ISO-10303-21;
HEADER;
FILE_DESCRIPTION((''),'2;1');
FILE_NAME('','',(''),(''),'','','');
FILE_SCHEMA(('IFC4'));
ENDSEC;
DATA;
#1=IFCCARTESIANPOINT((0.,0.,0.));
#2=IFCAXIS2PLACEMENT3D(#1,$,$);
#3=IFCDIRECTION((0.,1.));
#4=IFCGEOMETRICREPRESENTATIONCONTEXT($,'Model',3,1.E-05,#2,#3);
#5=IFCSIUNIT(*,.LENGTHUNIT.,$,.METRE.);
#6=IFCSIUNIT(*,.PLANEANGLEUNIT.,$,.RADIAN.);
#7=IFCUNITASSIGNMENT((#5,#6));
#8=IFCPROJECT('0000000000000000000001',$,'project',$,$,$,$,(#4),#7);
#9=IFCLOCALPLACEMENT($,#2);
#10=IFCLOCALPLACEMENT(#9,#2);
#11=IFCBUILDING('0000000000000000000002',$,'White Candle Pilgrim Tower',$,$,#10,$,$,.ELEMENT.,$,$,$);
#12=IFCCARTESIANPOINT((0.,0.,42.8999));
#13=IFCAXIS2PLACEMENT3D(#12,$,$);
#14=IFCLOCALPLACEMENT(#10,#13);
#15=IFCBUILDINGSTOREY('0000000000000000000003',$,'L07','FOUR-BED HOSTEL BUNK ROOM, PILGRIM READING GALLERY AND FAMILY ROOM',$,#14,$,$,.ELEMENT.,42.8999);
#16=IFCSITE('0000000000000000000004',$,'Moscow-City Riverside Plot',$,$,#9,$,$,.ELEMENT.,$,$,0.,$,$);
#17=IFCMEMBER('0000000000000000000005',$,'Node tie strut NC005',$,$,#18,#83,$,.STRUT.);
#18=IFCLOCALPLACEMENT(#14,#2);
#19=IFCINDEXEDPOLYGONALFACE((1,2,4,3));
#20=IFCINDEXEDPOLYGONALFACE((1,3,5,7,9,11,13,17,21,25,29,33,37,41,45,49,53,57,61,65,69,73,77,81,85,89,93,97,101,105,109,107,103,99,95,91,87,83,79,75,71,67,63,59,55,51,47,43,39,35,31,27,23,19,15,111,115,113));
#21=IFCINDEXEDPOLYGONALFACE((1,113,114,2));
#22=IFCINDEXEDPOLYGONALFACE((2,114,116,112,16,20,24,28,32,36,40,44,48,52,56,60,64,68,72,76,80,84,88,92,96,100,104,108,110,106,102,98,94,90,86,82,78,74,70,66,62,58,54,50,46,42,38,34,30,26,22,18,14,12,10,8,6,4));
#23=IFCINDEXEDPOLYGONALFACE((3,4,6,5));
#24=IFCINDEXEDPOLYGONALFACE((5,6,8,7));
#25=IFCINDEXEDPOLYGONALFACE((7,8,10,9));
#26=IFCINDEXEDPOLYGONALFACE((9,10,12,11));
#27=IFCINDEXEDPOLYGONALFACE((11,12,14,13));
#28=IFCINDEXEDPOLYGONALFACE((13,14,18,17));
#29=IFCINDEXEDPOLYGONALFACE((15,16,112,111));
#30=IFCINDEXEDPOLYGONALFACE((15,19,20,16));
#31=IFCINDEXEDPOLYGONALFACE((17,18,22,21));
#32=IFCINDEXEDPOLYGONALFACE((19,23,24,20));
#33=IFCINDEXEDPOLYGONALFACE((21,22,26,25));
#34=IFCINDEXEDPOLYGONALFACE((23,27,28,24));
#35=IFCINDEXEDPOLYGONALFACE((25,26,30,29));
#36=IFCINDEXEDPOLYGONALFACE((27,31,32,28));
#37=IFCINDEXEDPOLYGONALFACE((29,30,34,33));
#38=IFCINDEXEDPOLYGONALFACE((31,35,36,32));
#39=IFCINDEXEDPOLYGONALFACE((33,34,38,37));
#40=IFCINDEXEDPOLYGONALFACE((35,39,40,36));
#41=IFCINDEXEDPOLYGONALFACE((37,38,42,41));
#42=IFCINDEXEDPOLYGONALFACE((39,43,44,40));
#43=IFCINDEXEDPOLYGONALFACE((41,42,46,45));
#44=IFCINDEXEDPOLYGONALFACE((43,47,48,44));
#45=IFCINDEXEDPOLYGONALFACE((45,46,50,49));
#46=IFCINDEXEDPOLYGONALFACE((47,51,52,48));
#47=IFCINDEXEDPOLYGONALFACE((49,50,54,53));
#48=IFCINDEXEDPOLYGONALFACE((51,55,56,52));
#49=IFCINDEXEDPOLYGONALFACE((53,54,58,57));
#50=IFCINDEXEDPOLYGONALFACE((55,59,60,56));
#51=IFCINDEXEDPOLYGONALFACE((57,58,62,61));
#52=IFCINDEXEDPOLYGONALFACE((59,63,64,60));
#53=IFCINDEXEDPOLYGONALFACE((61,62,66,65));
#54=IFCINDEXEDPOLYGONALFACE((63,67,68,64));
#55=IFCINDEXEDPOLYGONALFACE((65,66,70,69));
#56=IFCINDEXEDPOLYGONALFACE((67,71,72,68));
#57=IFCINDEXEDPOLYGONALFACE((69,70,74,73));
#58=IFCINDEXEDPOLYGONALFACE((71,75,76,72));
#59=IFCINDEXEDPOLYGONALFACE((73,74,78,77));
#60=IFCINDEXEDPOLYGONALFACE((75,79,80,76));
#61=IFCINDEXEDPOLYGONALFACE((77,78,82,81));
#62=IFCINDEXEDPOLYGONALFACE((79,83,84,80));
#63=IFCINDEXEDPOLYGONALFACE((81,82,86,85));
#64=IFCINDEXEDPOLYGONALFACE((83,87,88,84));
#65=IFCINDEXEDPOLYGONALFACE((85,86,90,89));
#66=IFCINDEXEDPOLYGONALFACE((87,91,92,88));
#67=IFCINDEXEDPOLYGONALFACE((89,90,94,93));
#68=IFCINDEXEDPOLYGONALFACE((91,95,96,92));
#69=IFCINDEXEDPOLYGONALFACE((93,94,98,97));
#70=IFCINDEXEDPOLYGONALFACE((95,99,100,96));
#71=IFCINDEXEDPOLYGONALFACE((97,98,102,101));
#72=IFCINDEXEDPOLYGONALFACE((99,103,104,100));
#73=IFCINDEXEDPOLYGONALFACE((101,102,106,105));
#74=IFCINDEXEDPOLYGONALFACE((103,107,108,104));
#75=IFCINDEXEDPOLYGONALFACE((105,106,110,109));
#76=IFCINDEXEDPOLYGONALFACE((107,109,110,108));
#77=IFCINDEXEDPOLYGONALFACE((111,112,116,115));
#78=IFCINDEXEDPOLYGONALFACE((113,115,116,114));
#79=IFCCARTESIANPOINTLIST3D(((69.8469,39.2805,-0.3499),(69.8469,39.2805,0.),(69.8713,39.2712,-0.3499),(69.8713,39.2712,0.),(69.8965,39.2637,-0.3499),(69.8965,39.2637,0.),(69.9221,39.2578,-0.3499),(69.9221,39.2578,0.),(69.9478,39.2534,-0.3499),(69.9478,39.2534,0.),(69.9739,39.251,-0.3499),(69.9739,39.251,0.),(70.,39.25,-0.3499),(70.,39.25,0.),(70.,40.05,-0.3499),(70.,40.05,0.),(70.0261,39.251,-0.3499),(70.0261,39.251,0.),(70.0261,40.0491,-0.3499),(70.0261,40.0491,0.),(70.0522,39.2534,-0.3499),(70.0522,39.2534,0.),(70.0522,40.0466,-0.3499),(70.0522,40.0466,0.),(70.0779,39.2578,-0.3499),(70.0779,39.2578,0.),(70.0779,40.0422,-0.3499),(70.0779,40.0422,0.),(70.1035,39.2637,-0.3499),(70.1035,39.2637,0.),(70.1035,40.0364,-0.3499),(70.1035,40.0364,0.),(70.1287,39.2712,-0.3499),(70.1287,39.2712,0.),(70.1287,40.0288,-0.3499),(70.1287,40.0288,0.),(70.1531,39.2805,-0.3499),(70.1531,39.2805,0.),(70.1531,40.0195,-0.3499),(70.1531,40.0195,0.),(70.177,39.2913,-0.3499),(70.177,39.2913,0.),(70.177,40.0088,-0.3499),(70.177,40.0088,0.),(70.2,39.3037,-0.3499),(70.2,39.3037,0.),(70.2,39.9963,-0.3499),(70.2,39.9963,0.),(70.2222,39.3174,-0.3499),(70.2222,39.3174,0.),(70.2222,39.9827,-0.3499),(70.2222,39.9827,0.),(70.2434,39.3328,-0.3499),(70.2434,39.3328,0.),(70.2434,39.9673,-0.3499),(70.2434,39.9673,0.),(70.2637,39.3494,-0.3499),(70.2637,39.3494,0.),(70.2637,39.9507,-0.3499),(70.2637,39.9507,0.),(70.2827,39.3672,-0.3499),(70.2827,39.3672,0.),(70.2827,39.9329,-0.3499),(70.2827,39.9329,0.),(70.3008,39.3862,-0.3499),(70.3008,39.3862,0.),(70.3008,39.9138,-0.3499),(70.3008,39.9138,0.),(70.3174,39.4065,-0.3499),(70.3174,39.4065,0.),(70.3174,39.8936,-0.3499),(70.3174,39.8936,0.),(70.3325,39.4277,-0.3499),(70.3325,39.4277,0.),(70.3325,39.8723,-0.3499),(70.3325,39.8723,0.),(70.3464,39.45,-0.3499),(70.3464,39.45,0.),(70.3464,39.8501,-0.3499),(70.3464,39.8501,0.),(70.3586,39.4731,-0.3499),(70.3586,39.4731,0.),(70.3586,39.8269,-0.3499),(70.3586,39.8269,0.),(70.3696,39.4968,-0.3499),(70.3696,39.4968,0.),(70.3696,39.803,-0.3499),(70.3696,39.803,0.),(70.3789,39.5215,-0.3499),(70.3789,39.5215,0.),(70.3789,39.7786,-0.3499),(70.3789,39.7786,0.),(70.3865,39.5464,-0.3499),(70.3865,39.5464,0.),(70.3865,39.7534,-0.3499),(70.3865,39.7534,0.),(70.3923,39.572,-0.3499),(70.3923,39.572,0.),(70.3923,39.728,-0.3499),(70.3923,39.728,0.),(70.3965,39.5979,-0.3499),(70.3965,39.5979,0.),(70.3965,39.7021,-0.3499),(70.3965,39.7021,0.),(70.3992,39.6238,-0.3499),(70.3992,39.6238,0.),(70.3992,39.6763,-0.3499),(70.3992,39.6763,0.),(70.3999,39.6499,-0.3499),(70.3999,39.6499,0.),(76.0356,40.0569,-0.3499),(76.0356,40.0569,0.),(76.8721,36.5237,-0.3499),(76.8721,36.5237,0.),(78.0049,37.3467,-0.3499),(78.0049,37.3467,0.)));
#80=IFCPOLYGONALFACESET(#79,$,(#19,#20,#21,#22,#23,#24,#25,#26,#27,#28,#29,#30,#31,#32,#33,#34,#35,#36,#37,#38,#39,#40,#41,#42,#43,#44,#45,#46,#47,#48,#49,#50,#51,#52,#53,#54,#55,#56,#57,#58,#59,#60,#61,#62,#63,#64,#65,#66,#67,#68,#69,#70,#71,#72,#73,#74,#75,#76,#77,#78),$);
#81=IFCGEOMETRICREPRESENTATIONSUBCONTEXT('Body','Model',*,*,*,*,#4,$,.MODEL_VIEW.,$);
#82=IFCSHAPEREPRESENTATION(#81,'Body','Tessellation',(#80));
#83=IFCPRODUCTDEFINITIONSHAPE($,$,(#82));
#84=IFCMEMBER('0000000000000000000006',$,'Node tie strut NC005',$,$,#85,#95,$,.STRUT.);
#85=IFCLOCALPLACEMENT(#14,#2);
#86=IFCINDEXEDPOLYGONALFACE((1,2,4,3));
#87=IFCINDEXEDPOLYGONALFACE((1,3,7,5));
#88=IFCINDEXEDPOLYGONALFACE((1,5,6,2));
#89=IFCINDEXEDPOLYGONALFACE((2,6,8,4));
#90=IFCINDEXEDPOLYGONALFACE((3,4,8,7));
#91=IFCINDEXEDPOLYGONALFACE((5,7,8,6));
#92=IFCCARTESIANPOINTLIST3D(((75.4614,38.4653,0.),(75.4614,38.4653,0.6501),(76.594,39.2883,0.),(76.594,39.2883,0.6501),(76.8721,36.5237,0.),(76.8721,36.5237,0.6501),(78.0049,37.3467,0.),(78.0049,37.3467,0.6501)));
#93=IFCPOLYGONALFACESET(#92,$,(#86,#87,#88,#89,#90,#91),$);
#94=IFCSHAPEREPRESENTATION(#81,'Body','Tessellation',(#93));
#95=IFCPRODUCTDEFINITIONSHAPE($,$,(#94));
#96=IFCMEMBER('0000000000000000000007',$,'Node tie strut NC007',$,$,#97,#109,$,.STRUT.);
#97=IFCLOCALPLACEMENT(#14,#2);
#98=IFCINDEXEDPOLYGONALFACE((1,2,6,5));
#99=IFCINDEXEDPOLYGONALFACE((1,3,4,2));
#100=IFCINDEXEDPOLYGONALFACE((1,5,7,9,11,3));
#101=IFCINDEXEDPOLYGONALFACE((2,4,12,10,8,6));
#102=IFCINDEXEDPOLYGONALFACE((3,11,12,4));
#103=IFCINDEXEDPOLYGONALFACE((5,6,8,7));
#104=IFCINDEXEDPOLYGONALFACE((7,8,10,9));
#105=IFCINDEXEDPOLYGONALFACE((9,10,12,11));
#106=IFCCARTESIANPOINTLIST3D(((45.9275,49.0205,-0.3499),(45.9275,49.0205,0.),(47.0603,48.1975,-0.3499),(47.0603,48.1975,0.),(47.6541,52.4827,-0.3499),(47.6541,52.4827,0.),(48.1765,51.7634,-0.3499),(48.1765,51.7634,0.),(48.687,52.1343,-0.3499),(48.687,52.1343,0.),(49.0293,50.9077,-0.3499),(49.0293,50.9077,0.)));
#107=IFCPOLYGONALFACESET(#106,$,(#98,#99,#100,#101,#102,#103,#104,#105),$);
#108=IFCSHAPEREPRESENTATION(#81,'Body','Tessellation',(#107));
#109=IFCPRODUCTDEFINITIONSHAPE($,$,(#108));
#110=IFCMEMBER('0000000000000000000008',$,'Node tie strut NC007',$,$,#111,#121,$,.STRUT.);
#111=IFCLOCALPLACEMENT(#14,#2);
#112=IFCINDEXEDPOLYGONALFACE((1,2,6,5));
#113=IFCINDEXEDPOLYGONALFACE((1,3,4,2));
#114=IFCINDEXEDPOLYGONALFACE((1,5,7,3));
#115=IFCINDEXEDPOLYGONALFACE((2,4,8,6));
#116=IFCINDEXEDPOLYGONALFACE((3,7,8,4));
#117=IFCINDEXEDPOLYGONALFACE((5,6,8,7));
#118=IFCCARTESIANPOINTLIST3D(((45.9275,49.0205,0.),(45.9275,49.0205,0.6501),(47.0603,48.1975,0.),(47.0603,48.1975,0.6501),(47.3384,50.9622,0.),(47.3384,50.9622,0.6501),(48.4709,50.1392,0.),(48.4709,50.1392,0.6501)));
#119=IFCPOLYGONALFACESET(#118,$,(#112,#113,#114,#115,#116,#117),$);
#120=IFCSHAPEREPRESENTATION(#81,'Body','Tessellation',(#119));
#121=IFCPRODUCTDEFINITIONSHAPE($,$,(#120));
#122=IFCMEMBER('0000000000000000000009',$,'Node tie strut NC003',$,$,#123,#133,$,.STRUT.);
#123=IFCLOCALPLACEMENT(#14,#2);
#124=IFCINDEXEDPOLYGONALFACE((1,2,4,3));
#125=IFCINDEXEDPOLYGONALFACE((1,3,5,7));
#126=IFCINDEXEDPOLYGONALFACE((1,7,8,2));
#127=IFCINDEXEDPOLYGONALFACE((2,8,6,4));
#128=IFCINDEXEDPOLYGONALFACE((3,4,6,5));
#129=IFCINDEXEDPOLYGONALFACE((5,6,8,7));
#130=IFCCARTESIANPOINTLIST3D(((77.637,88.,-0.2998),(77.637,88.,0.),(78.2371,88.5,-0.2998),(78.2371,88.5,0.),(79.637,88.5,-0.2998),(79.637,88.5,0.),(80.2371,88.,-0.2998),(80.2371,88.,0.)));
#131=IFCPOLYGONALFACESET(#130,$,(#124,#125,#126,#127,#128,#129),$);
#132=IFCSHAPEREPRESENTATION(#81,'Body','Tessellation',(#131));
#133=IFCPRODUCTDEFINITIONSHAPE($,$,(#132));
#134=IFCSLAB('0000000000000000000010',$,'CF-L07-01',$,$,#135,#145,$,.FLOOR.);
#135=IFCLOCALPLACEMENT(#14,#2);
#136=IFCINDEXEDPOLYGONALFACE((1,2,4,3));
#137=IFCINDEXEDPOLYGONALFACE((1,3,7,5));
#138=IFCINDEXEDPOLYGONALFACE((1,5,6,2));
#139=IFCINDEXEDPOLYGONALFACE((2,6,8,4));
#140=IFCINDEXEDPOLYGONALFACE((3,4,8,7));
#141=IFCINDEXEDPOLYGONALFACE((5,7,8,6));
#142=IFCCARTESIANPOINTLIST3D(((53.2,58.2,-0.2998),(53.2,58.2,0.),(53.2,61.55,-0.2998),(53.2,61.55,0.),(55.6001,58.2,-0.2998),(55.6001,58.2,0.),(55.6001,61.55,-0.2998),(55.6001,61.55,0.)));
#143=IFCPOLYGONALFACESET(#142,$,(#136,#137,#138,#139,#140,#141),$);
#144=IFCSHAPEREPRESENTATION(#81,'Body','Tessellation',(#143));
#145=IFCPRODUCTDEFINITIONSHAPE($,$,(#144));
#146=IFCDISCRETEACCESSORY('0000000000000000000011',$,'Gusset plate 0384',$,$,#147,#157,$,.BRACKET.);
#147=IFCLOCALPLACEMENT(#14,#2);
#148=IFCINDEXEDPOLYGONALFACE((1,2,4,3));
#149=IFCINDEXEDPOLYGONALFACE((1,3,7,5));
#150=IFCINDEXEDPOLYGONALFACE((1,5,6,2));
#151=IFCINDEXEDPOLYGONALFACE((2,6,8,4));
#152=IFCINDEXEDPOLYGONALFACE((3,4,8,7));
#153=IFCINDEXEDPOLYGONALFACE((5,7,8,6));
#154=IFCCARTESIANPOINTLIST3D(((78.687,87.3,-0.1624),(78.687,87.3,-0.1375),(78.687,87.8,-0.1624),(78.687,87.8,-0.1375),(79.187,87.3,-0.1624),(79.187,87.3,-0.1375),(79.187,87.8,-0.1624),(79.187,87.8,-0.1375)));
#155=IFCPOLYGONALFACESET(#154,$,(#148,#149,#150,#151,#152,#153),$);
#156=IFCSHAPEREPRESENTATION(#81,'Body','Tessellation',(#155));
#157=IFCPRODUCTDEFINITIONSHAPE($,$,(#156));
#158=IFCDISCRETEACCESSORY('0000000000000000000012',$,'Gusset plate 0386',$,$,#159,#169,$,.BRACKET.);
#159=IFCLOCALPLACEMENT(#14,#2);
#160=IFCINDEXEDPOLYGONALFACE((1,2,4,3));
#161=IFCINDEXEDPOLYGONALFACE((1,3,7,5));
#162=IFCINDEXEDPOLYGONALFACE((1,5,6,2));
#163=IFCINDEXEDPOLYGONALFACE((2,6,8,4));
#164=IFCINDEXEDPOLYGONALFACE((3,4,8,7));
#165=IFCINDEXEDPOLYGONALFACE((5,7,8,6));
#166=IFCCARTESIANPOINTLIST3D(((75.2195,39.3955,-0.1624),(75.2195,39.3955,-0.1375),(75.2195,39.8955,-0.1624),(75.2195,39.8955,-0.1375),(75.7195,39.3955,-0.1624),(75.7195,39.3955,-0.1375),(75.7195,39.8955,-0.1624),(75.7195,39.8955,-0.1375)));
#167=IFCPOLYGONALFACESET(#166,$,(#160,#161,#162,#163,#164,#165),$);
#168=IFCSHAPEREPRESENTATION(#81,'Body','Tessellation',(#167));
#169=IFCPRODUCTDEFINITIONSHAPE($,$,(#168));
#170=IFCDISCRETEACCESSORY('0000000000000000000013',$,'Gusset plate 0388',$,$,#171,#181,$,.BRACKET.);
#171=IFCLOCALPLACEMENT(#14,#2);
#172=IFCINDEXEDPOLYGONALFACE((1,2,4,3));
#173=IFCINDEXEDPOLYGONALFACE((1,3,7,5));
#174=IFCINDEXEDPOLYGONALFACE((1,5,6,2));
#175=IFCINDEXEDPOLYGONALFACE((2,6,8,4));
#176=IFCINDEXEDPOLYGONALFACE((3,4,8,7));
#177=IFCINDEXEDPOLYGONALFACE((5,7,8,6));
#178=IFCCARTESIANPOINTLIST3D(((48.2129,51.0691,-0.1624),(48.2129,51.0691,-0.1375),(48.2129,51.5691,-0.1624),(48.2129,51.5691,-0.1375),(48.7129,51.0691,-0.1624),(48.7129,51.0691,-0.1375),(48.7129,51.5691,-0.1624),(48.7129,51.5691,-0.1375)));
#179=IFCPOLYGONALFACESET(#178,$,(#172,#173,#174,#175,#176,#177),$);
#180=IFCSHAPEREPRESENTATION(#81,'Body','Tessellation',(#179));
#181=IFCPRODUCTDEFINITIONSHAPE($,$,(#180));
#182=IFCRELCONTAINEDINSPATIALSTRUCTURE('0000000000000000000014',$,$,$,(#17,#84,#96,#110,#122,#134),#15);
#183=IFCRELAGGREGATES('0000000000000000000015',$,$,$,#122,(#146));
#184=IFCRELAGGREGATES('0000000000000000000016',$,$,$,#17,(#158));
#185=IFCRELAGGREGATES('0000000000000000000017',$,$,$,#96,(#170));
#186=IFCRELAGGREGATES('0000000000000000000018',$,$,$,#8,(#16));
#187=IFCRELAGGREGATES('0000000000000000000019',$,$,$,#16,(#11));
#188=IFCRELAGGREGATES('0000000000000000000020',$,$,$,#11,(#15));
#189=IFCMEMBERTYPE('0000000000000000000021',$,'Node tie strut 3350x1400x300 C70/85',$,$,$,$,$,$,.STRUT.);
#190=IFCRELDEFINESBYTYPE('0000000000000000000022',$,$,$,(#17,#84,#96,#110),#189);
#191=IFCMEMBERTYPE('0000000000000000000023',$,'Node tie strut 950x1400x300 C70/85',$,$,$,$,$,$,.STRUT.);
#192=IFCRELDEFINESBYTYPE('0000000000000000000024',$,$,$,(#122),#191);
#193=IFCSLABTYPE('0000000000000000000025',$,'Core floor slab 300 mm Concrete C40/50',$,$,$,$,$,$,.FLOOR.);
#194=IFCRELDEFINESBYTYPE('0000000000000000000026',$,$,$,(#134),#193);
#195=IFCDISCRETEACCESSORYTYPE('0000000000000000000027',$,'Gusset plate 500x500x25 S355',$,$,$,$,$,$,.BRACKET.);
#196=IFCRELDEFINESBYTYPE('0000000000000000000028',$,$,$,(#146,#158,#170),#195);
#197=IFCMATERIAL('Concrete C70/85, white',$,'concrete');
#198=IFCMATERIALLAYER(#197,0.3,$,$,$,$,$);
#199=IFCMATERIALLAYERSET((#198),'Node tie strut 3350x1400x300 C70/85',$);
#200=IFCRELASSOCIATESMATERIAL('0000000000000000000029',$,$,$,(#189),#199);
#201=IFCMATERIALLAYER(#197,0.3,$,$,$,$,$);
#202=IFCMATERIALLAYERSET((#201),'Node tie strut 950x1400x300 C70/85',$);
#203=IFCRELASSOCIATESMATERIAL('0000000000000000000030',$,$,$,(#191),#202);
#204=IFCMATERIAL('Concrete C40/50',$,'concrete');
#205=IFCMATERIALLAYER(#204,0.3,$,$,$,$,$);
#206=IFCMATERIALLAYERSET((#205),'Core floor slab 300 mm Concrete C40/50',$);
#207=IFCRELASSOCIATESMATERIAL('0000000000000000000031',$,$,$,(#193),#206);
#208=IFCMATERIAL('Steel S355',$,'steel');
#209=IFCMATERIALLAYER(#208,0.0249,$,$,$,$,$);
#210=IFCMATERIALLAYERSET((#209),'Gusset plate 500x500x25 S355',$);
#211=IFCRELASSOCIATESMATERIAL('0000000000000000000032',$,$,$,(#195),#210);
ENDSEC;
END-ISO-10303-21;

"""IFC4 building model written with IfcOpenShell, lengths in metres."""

from ifc_helpers import new_model, si_unit, direction, frame, origin, origin_2d, place, context, subcontext, project, spatial, polyline, rectangle, outline, extrude, material, layer, layer_set, type_object, element, aggregate, save


model = new_model("IFC4")

# Units and contexts
model_context = context("Model", 3, precision=1e-05, world=origin(), true_north=direction((0.0, 1.0)))
body_context = subcontext(model_context, "Body", "Model", "MODEL_VIEW")
ifc_project = project(units=[si_unit("LENGTHUNIT", "METRE"), si_unit("PLANEANGLEUNIT", "RADIAN")], contexts=[model_context])

# Site, building, storey
site_placement = place(None, origin())
site = spatial("IfcSite", under=ifc_project, at=site_placement, Name="Moscow-City Riverside Plot", CompositionType="ELEMENT", RefElevation=0.0)
building_placement = place(site_placement, origin())
building = spatial("IfcBuilding", under=site, at=building_placement, Name="White Candle Pilgrim Tower", CompositionType="ELEMENT")
storey_placement = place(building_placement, frame((0.0, 0.0, 42.8999)))
storey = spatial("IfcBuildingStorey", under=building, at=storey_placement, Name="L07", Description="FOUR-BED HOSTEL BUNK ROOM, PILGRIM READING GALLERY AND FAMILY ROOM", CompositionType="ELEMENT", Elevation=42.8999)

# Members
ifc_material_1 = material(Name="Concrete C70/85, white", Category="concrete")
ifc_layer_1 = layer(ifc_material_1, 0.3)
ifc_layer_set_1 = layer_set([ifc_layer_1], Name="Node tie strut 3350x1400x300 C70/85")
member_type_1 = type_object("IfcMemberType", Name="Node tie strut 3350x1400x300 C70/85", PredefinedType="STRUT", material=ifc_layer_set_1)
member_1_placement = place(storey_placement, frame((0.0, 0.0, -0.3499)))
member_1 = element("IfcMember", 1, at=member_1_placement, inside=storey, type_object=member_type_1, Name="Node tie strut NC005", PredefinedType="STRUT", context=body_context, shape_type="SweptSolid", body=[
    extrude(outline(polyline([(76.8721, 36.5237), (78.0049, 37.3467), (76.0356, 40.0569), (70.0, 40.05), (70.0261, 40.0491), (70.0522, 40.0466), (70.0779, 40.0422), (70.1035, 40.0364), (70.1287, 40.0288), (70.1531, 40.0195), (70.177, 40.0088), (70.2, 39.9963), (70.2222, 39.9827), (70.2434, 39.9673), (70.2637, 39.9507), (70.2827, 39.9329), (70.3008, 39.9138), (70.3174, 39.8936), (70.3325, 39.8723), (70.3464, 39.8501), (70.3586, 39.8269), (70.3696, 39.803), (70.3789, 39.7786), (70.3865, 39.7534), (70.3923, 39.728), (70.3965, 39.7021), (70.3992, 39.6763), (70.3999, 39.6499), (70.3992, 39.6238), (70.3965, 39.5979), (70.3923, 39.572), (70.3865, 39.5464), (70.3789, 39.5215), (70.3696, 39.4968), (70.3586, 39.4731), (70.3464, 39.45), (70.3325, 39.4277), (70.3174, 39.4065), (70.3008, 39.3862), (70.2827, 39.3672), (70.2637, 39.3494), (70.2434, 39.3328), (70.2222, 39.3174), (70.2, 39.3037), (70.177, 39.2913), (70.1531, 39.2805), (70.1287, 39.2712), (70.1035, 39.2637), (70.0779, 39.2578), (70.0522, 39.2534), (70.0261, 39.251), (70.0, 39.25), (69.9739, 39.251), (69.9478, 39.2534), (69.9221, 39.2578), (69.8965, 39.2637), (69.8713, 39.2712), (69.8469, 39.2805), (76.8721, 36.5237)])), origin(), (0.0, 0.0, 1.0), 0.3499),
])
member_2_placement = place(storey_placement, origin())
element("IfcMember", 2, at=member_2_placement, inside=storey, type_object=member_type_1, Name="Node tie strut NC005", PredefinedType="STRUT", context=body_context, shape_type="SweptSolid", body=[
    extrude(outline(polyline([(76.8721, 36.5237), (78.0049, 37.3467), (76.594, 39.2883), (75.4614, 38.4653), (76.8721, 36.5237)])), origin(), (0.0, 0.0, 1.0), 0.6501),
])
member_3_placement = place(storey_placement, frame((0.0, 0.0, -0.3499)))
member_3 = element("IfcMember", 3, at=member_3_placement, inside=storey, type_object=member_type_1, Name="Node tie strut NC007", PredefinedType="STRUT", context=body_context, shape_type="SweptSolid", body=[
    extrude(outline(polyline([(47.0603, 48.1975), (49.0293, 50.9077), (48.687, 52.1343), (48.1765, 51.7634), (47.6541, 52.4827), (45.9275, 49.0205), (47.0603, 48.1975)])), origin(), (0.0, 0.0, 1.0), 0.3499),
])
member_4_placement = place(storey_placement, origin())
element("IfcMember", 4, at=member_4_placement, inside=storey, type_object=member_type_1, Name="Node tie strut NC007", PredefinedType="STRUT", context=body_context, shape_type="SweptSolid", body=[
    extrude(outline(polyline([(47.0603, 48.1975), (48.4709, 50.1392), (47.3384, 50.9622), (45.9275, 49.0205), (47.0603, 48.1975)])), origin(), (0.0, 0.0, 1.0), 0.6501),
])
ifc_layer_2 = layer(ifc_material_1, 0.3)
ifc_layer_set_2 = layer_set([ifc_layer_2], Name="Node tie strut 950x1400x300 C70/85")
member_type_2 = type_object("IfcMemberType", Name="Node tie strut 950x1400x300 C70/85", PredefinedType="STRUT", material=ifc_layer_set_2)
member_5_placement = place(storey_placement, frame((0.0, 0.0, -0.2998)))
member_5 = element("IfcMember", 5, at=member_5_placement, inside=storey, type_object=member_type_2, Name="Node tie strut NC003", PredefinedType="STRUT", context=body_context, shape_type="SweptSolid", body=[
    extrude(outline(polyline([(77.637, 88.0), (80.2371, 88.0), (79.637, 88.5), (78.2371, 88.5), (77.637, 88.0)])), origin(), (0.0, 0.0, 1.0), 0.2998),
])

# Slab
ifc_material_2 = material(Name="Concrete C40/50", Category="concrete")
ifc_layer_3 = layer(ifc_material_2, 0.3)
ifc_layer_set_3 = layer_set([ifc_layer_3], Name="Core floor slab 300 mm Concrete C40/50")
slab_type_1 = type_object("IfcSlabType", Name="Core floor slab 300 mm Concrete C40/50", PredefinedType="FLOOR", material=ifc_layer_set_3)
slab_1_placement = place(storey_placement, frame((0.0, 0.0, -0.2998)))
element("IfcSlab", 6, at=slab_1_placement, inside=storey, type_object=slab_type_1, Name="CF-L07-01", PredefinedType="FLOOR", context=body_context, shape_type="SweptSolid", body=[
    extrude(outline(polyline([(55.6001, 58.2), (53.2, 58.2), (53.2, 61.55), (55.6001, 61.55), (55.6001, 58.2)])), origin(), (0.0, 0.0, 1.0), 0.2998),
])

# Discrete accessories
ifc_material_3 = material(Name="Steel S355", Category="steel")
ifc_layer_4 = layer(ifc_material_3, 0.0249)
ifc_layer_set_4 = layer_set([ifc_layer_4], Name="Gusset plate 500x500x25 S355")
discrete_accessory_type = type_object("IfcDiscreteAccessoryType", Name="Gusset plate 500x500x25 S355", PredefinedType="BRACKET", material=ifc_layer_set_4)
discrete_accessory_1_placement = place(storey_placement, frame((78.937, 87.55, -0.1624), z_axis=(0.0, 0.0, 1.0), x_axis=(1.0, 0.0, 0.0)))
discrete_accessory_1 = element("IfcDiscreteAccessory", 7, at=discrete_accessory_1_placement, type_object=discrete_accessory_type, Name="Gusset plate 0384", PredefinedType="BRACKET", context=body_context, shape_type="SweptSolid", body=[
    extrude(rectangle(XDim=0.5, YDim=0.5, at=origin_2d()), origin(), (0.0, 0.0, 1.0), 0.0249),
])
aggregate(member_5, [discrete_accessory_1])
discrete_accessory_2_placement = place(storey_placement, frame((75.4695, 39.6455, -0.1624), z_axis=(0.0, 0.0, 1.0), x_axis=(1.0, 0.0, 0.0)))
discrete_accessory_2 = element("IfcDiscreteAccessory", 8, at=discrete_accessory_2_placement, type_object=discrete_accessory_type, Name="Gusset plate 0386", PredefinedType="BRACKET", context=body_context, shape_type="SweptSolid", body=[
    extrude(rectangle(XDim=0.5, YDim=0.5, at=origin_2d()), origin(), (0.0, 0.0, 1.0), 0.0249),
])
aggregate(member_1, [discrete_accessory_2])
discrete_accessory_3_placement = place(storey_placement, frame((48.4629, 51.3191, -0.1624), z_axis=(0.0, 0.0, 1.0), x_axis=(1.0, 0.0, 0.0)))
discrete_accessory_3 = element("IfcDiscreteAccessory", 9, at=discrete_accessory_3_placement, type_object=discrete_accessory_type, Name="Gusset plate 0388", PredefinedType="BRACKET", context=body_context, shape_type="SweptSolid", body=[
    extrude(rectangle(XDim=0.5, YDim=0.5, at=origin_2d()), origin(), (0.0, 0.0, 1.0), 0.0249),
])
aggregate(member_3, [discrete_accessory_3])

save(model, "model.ifc")
